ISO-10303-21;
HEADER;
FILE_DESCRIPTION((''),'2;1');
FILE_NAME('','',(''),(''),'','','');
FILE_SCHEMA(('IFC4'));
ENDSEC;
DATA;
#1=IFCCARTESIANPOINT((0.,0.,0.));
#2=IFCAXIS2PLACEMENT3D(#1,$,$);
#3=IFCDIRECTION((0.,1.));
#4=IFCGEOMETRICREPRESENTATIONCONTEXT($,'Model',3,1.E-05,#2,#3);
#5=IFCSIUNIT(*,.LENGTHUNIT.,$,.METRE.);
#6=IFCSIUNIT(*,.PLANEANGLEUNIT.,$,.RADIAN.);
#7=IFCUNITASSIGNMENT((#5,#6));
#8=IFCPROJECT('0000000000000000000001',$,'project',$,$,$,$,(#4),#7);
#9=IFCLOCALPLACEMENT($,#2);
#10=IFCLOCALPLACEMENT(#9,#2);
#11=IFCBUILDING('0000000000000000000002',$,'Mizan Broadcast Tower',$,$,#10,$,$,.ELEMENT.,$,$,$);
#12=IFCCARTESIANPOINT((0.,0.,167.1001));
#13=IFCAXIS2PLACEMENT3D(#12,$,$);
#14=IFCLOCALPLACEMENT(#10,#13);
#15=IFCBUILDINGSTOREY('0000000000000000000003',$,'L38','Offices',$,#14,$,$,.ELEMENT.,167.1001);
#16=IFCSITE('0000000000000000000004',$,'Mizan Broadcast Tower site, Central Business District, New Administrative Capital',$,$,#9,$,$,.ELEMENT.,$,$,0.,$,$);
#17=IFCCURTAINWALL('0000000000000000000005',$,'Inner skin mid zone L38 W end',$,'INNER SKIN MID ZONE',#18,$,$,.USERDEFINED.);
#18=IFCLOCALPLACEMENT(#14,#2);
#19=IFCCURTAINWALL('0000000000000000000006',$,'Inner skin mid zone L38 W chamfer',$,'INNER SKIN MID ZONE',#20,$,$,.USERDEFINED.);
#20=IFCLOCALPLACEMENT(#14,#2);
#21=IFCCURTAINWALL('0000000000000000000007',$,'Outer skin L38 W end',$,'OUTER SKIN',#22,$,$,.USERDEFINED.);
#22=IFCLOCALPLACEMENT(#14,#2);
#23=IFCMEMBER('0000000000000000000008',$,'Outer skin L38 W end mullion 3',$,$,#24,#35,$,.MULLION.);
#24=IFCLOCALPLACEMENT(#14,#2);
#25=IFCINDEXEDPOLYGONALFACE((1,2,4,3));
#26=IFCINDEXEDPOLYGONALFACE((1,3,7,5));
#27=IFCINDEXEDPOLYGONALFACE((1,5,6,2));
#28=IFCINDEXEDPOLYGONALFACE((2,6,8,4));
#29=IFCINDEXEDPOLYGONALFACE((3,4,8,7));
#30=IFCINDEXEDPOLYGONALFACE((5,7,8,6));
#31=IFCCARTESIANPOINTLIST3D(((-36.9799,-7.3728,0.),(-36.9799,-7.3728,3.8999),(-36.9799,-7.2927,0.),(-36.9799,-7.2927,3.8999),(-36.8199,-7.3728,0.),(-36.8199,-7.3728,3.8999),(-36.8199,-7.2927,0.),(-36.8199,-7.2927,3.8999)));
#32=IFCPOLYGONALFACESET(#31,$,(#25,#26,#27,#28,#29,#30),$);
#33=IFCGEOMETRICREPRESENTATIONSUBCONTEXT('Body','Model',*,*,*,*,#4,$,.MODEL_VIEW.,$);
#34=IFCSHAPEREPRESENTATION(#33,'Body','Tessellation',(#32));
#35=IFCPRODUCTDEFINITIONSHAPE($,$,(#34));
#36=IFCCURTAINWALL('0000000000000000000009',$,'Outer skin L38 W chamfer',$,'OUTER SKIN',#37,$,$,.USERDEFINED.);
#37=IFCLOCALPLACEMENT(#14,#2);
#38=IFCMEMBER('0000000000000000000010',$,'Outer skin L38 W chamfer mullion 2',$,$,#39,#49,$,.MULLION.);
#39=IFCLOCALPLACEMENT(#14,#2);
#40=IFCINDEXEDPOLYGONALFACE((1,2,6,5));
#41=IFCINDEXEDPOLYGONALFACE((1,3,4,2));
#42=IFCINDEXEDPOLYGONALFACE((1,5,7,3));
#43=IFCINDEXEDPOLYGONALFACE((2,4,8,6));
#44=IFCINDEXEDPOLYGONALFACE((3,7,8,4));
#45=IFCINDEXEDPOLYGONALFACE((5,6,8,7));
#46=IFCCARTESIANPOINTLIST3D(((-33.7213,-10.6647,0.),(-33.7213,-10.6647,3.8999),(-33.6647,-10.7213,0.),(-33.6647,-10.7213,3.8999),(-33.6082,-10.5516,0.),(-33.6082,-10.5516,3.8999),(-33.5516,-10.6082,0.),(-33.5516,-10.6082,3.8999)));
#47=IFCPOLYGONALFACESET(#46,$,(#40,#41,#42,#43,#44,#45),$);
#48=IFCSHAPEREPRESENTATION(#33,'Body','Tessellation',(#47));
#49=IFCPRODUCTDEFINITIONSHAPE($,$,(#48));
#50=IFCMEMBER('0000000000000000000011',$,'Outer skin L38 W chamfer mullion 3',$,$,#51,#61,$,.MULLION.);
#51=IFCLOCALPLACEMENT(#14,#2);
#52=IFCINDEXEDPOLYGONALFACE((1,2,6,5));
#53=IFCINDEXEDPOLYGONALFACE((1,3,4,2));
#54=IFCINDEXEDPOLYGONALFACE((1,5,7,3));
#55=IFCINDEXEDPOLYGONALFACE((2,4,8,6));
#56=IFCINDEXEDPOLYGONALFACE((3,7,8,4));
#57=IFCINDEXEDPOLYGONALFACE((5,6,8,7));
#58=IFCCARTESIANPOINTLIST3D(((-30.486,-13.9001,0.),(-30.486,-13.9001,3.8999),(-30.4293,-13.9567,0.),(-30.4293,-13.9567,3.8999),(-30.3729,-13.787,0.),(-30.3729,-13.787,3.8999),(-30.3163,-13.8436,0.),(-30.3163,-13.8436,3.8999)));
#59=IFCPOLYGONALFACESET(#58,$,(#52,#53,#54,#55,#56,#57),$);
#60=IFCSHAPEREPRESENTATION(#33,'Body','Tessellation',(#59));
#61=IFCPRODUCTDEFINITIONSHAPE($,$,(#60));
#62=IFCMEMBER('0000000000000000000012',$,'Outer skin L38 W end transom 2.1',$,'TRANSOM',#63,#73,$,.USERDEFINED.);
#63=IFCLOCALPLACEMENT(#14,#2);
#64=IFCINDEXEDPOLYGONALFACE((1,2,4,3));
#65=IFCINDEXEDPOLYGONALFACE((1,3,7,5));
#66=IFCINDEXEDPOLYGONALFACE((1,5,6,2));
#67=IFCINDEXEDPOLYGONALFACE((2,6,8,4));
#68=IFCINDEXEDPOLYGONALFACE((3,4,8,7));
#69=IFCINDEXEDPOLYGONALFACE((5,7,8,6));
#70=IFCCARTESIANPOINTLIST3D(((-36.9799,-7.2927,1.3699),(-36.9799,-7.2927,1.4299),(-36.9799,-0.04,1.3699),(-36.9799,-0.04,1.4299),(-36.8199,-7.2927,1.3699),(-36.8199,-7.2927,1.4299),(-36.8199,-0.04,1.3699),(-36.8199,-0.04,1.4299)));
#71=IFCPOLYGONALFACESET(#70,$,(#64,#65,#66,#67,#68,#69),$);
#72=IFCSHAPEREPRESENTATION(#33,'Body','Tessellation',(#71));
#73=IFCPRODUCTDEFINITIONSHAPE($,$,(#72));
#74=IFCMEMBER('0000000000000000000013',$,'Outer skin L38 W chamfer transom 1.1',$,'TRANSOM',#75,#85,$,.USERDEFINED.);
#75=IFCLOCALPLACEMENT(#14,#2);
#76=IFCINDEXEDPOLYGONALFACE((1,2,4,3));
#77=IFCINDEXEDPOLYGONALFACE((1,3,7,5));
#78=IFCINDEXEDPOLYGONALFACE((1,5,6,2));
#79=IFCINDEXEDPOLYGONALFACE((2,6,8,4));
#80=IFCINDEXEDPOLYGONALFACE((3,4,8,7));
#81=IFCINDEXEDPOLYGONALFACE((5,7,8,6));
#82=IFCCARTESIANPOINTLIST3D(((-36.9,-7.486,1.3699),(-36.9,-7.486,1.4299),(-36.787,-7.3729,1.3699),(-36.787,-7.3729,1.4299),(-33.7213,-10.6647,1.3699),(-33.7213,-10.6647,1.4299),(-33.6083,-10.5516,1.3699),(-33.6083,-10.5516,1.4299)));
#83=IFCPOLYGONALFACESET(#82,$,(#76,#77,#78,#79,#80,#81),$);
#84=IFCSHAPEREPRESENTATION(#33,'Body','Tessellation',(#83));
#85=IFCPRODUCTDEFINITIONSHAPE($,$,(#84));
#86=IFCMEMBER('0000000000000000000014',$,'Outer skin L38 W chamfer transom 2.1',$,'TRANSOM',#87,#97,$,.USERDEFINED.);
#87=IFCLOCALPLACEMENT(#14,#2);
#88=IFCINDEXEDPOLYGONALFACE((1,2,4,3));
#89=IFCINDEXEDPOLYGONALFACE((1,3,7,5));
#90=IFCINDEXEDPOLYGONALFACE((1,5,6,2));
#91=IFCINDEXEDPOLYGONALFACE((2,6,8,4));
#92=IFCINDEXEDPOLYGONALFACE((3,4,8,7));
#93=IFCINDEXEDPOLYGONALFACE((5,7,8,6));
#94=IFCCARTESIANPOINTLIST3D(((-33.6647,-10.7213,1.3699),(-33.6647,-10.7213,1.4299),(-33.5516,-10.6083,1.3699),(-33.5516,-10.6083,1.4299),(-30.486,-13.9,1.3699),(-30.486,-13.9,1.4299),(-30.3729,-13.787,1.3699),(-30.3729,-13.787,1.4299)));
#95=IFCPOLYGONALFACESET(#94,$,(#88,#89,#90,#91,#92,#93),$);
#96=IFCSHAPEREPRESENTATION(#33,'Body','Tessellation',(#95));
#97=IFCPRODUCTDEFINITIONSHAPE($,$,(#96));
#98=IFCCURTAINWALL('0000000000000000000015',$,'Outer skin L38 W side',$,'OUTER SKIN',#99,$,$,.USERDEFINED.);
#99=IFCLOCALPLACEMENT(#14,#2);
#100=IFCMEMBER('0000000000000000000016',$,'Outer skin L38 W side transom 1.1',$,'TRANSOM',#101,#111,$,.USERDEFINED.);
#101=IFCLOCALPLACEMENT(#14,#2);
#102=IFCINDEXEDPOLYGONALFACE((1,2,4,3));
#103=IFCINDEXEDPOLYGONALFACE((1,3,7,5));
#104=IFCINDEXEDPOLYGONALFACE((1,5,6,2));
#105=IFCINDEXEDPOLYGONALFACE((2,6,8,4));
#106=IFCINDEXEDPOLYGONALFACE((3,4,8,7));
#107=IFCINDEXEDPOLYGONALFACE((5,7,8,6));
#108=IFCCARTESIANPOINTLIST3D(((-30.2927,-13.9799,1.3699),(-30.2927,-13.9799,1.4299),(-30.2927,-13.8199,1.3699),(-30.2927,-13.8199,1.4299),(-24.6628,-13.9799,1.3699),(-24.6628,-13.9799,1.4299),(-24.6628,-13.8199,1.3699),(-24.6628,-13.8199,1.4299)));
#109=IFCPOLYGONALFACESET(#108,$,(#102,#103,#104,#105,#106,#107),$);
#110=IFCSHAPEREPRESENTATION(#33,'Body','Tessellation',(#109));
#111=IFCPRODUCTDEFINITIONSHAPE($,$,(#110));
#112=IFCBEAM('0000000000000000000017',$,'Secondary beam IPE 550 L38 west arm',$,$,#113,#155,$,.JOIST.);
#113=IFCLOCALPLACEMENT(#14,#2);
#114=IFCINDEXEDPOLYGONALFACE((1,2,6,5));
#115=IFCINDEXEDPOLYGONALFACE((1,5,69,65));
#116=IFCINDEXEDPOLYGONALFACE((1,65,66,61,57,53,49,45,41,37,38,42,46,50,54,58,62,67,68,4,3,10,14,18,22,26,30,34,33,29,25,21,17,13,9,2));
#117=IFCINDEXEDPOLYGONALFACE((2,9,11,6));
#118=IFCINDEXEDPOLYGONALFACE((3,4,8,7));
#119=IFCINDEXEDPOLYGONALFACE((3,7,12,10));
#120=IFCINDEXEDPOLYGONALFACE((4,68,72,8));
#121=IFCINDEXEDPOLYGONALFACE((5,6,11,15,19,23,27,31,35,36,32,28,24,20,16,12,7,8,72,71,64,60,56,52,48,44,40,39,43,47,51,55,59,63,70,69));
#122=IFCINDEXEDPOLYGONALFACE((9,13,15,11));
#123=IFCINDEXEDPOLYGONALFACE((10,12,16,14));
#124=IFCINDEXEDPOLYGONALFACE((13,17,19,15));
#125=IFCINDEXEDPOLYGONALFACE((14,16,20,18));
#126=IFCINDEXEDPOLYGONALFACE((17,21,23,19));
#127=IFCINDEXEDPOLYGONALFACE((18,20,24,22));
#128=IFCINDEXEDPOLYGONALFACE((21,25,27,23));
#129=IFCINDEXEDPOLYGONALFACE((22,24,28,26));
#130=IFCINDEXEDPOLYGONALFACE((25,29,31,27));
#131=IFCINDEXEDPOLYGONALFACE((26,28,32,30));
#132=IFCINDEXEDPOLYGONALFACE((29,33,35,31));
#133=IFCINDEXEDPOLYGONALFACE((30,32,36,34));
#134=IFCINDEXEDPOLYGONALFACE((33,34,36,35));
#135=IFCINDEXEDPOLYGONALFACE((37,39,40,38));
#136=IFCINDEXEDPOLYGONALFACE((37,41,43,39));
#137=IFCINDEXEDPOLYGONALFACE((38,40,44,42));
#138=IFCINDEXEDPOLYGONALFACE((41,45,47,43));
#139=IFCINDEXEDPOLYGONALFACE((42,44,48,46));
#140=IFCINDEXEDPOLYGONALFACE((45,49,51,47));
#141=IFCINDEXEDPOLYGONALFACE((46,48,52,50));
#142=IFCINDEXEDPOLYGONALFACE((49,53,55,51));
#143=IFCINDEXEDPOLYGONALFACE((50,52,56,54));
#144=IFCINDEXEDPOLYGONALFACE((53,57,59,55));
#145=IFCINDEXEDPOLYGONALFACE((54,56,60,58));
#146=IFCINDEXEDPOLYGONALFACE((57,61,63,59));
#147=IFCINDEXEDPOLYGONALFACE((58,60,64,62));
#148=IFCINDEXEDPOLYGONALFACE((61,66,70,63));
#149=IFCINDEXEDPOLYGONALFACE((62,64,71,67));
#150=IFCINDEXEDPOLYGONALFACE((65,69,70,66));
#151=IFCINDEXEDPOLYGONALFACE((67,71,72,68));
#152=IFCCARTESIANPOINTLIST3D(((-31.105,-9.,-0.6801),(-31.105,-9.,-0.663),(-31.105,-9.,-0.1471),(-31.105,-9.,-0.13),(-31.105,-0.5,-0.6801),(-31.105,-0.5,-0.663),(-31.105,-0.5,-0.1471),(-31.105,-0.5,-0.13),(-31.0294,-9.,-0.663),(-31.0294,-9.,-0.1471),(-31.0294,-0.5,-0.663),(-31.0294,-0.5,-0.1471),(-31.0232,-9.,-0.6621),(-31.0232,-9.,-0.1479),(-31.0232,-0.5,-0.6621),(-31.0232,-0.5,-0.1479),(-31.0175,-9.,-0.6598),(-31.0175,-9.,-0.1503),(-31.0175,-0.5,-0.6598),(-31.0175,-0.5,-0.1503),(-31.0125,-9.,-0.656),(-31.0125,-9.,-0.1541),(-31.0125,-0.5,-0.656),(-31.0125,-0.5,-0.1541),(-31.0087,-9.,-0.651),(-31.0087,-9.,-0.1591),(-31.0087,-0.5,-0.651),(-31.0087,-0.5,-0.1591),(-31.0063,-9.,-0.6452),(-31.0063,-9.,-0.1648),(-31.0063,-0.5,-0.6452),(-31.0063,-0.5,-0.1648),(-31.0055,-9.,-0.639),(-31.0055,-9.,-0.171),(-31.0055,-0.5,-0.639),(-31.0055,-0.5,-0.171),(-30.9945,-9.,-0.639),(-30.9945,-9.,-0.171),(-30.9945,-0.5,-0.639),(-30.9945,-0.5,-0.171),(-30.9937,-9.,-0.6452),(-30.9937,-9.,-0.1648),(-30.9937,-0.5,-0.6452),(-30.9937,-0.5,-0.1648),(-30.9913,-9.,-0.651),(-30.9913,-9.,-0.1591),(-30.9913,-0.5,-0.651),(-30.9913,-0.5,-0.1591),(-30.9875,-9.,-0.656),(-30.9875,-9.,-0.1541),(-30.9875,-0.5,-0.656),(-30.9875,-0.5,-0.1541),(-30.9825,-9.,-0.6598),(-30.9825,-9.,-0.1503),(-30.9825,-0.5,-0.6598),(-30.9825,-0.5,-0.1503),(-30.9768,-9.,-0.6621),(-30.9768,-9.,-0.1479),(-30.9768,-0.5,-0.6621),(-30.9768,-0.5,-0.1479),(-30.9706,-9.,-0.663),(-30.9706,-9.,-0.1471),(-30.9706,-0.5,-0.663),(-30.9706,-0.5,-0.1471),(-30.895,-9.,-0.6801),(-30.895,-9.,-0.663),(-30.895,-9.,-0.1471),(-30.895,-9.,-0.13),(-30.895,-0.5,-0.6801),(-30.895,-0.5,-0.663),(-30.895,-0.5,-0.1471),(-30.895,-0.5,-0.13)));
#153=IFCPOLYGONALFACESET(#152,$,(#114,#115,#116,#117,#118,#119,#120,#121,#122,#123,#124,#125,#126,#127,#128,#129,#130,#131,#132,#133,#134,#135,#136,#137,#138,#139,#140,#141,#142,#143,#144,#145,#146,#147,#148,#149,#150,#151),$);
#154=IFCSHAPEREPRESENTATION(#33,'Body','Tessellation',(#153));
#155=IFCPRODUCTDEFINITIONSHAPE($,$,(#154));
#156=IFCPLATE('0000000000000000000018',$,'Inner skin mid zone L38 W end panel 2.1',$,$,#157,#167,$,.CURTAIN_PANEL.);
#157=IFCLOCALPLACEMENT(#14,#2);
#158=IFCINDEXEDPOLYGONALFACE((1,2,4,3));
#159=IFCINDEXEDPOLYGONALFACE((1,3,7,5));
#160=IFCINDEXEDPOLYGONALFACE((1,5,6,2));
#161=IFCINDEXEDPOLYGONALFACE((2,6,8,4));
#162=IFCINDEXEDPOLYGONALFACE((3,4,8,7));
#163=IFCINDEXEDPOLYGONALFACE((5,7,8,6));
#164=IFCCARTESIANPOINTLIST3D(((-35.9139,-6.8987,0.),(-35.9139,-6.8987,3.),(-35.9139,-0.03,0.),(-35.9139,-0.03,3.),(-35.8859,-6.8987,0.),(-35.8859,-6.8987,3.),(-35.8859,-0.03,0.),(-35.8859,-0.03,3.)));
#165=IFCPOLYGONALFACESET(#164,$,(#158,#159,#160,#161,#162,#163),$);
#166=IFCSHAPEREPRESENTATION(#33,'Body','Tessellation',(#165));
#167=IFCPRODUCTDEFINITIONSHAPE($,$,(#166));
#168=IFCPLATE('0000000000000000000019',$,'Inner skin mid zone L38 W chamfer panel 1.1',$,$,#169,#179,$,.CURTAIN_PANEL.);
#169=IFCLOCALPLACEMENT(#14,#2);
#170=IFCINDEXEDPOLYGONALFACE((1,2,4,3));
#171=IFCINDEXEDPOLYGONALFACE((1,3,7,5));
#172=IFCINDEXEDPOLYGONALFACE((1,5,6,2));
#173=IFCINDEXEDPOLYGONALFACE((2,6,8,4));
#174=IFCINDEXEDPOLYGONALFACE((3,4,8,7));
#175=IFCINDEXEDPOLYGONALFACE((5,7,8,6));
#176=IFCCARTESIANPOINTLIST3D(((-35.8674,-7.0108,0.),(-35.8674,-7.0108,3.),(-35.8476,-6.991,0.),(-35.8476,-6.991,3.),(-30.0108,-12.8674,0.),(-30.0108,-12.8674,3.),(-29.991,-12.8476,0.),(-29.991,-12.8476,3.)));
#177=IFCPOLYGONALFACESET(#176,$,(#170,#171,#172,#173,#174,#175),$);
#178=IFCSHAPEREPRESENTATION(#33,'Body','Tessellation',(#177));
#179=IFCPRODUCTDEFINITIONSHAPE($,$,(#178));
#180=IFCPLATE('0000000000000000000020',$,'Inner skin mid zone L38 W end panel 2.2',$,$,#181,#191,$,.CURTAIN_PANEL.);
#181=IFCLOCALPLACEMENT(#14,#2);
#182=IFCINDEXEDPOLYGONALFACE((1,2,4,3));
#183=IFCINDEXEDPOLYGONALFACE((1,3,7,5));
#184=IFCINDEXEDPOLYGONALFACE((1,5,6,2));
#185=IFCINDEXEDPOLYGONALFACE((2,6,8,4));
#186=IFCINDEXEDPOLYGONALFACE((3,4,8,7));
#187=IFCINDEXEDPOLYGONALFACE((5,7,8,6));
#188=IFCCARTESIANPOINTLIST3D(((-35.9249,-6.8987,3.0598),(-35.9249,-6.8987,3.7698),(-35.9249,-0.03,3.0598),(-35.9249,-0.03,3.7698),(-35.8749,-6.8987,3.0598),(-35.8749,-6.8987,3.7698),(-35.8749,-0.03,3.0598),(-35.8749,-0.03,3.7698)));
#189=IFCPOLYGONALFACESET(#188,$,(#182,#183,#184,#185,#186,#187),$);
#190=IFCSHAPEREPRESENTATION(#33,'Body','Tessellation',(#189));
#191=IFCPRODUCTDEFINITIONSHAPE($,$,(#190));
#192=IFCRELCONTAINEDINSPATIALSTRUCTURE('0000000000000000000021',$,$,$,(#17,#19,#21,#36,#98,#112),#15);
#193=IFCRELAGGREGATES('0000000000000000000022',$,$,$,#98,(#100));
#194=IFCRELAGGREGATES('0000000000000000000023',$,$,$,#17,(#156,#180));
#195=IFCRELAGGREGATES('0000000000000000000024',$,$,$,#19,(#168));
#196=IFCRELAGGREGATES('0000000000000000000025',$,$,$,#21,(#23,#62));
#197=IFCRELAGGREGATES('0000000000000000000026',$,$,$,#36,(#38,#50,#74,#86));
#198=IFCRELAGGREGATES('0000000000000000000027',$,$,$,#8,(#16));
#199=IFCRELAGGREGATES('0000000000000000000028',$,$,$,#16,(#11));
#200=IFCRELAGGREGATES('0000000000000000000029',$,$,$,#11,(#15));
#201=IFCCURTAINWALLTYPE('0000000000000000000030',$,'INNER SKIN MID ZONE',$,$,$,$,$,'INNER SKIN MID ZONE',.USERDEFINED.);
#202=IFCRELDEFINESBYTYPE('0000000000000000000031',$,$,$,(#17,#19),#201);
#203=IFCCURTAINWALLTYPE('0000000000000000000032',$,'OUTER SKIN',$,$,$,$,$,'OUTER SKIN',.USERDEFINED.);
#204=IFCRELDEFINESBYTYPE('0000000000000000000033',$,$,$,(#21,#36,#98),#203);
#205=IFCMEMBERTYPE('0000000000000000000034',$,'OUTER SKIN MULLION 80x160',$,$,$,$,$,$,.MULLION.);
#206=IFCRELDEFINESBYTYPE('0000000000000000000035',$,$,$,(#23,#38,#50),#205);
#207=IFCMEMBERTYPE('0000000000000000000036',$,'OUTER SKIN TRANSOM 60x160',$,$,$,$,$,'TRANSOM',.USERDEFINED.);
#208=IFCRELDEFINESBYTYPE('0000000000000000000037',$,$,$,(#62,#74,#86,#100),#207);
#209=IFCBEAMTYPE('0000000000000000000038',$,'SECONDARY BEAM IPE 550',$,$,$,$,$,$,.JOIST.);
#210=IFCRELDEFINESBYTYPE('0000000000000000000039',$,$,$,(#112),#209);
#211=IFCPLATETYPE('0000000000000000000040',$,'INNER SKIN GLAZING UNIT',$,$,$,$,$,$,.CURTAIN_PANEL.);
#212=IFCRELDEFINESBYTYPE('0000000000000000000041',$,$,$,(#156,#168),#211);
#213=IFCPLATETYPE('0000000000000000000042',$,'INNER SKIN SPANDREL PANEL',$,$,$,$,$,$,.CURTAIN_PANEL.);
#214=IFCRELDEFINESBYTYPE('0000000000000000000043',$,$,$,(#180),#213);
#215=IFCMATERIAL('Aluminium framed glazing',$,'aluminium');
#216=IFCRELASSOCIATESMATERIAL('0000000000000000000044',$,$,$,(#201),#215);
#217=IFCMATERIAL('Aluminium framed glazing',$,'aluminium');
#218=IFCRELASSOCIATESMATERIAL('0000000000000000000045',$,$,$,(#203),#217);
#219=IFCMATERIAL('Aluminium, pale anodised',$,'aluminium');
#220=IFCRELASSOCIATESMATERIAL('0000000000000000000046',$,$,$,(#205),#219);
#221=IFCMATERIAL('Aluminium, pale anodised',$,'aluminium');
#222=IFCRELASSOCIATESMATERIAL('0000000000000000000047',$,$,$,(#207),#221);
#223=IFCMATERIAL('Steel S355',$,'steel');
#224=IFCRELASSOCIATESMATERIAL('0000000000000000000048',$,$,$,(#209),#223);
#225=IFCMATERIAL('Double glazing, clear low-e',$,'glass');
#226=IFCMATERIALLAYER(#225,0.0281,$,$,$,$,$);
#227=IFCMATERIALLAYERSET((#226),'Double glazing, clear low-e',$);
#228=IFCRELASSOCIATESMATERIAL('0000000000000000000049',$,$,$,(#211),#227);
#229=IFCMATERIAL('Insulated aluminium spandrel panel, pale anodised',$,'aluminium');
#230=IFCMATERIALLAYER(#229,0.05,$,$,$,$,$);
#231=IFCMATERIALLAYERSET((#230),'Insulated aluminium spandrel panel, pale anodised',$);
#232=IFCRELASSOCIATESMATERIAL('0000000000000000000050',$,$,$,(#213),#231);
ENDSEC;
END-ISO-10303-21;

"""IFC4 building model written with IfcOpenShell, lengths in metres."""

from ifc_helpers import new_model, si_unit, direction, frame, origin, origin_2d, place, context, subcontext, project, spatial, rectangle, i_section, extrude, material, layer, layer_set, material_profile, profile_set, type_object, element, aggregate, save


model = new_model("IFC4")

# Units and contexts
model_context = context("Model", 3, precision=1e-05, world=origin(), true_north=direction((0.0, 1.0)))
body_context = subcontext(model_context, "Body", "Model", "MODEL_VIEW")
ifc_project = project(units=[si_unit("LENGTHUNIT", "METRE"), si_unit("PLANEANGLEUNIT", "RADIAN")], contexts=[model_context])

# Site, building, storey
site_placement = place(None, origin())
site = spatial("IfcSite", under=ifc_project, at=site_placement, Name="Mizan Broadcast Tower site, Central Business District, New Administrative Capital", CompositionType="ELEMENT", RefElevation=0.0)
building_placement = place(site_placement, origin())
building = spatial("IfcBuilding", under=site, at=building_placement, Name="Mizan Broadcast Tower", CompositionType="ELEMENT")
storey_placement = place(building_placement, frame((0.0, 0.0, 167.1001)))
storey = spatial("IfcBuildingStorey", under=building, at=storey_placement, Name="L38", Description="Offices", CompositionType="ELEMENT", Elevation=167.1001)

# Curtain wall
ifc_material_1 = material(Name="Aluminium framed glazing", Category="aluminium")
curtain_wall_type_1 = type_object("IfcCurtainWallType", Name="INNER SKIN MID ZONE", ElementType="INNER SKIN MID ZONE", PredefinedType="USERDEFINED", material=ifc_material_1)
curtain_wall_1_placement = place(storey_placement, origin())
curtain_wall_1 = element("IfcCurtainWall", 1, at=curtain_wall_1_placement, inside=storey, type_object=curtain_wall_type_1, Name="Inner skin mid zone L38 W end", ObjectType="INNER SKIN MID ZONE", PredefinedType="USERDEFINED")

# Curtain wall
curtain_wall_2_placement = place(storey_placement, origin())
curtain_wall_2 = element("IfcCurtainWall", 2, at=curtain_wall_2_placement, inside=storey, type_object=curtain_wall_type_1, Name="Inner skin mid zone L38 W chamfer", ObjectType="INNER SKIN MID ZONE", PredefinedType="USERDEFINED")

# Curtain walls, members
ifc_material_2 = material(Name="Aluminium framed glazing", Category="aluminium")
curtain_wall_type_2 = type_object("IfcCurtainWallType", Name="OUTER SKIN", ElementType="OUTER SKIN", PredefinedType="USERDEFINED", material=ifc_material_2)
curtain_wall_3_placement = place(storey_placement, origin())
curtain_wall_3 = element("IfcCurtainWall", 3, at=curtain_wall_3_placement, inside=storey, type_object=curtain_wall_type_2, Name="Outer skin L38 W end", ObjectType="OUTER SKIN", PredefinedType="USERDEFINED")
ifc_material_3 = material(Name="Aluminium, pale anodised", Category="aluminium")
ifc_material_profile_1 = material_profile(ifc_material_3, rectangle(XDim=0.1599, YDim=0.0801, at=origin_2d()), Name="MULLION 160x80")
ifc_profile_set_1 = profile_set([ifc_material_profile_1], Name="Aluminium, pale anodised")
member_type_1 = type_object("IfcMemberType", Name="OUTER SKIN MULLION 80x160", PredefinedType="MULLION", material=ifc_profile_set_1)
member_1_placement = place(storey_placement, frame((-36.8999, -7.3328, 0.0), z_axis=(0.0, 0.0, 1.0), x_axis=(1.0, 0.0, 0.0)))
member_1 = element("IfcMember", 4, at=member_1_placement, type_object=member_type_1, Name="Outer skin L38 W end mullion 3", PredefinedType="MULLION", context=body_context, shape_type="SweptSolid", body=[
    extrude(rectangle(XDim=0.1599, YDim=0.0801, at=origin_2d()), origin(), (0.0, 0.0, 1.0), 3.8999),
])
curtain_wall_4_placement = place(storey_placement, origin())
curtain_wall_4 = element("IfcCurtainWall", 5, at=curtain_wall_4_placement, inside=storey, type_object=curtain_wall_type_2, Name="Outer skin L38 W chamfer", ObjectType="OUTER SKIN", PredefinedType="USERDEFINED")
member_2_placement = place(storey_placement, frame((-33.6365, -10.6365, 0.0), z_axis=(0.0, 0.0, 1.0), x_axis=(0.707107, 0.707107, 0.0)))
member_2 = element("IfcMember", 6, at=member_2_placement, type_object=member_type_1, Name="Outer skin L38 W chamfer mullion 2", PredefinedType="MULLION", context=body_context, shape_type="SweptSolid", body=[
    extrude(rectangle(XDim=0.1599, YDim=0.0801, at=origin_2d()), origin(), (0.0, 0.0, 1.0), 3.8999),
])
member_3_placement = place(storey_placement, frame((-30.4011, -13.8718, 0.0), z_axis=(0.0, 0.0, 1.0), x_axis=(0.707107, 0.707107, 0.0)))
member_3 = element("IfcMember", 7, at=member_3_placement, type_object=member_type_1, Name="Outer skin L38 W chamfer mullion 3", PredefinedType="MULLION", context=body_context, shape_type="SweptSolid", body=[
    extrude(rectangle(XDim=0.1599, YDim=0.0801, at=origin_2d()), origin(), (0.0, 0.0, 1.0), 3.8999),
])

# Members
ifc_material_4 = material(Name="Aluminium, pale anodised", Category="aluminium")
ifc_material_profile_2 = material_profile(ifc_material_4, rectangle(XDim=0.1599, YDim=0.0601, at=origin_2d()), Name="TRANSOM 160x60")
ifc_profile_set_2 = profile_set([ifc_material_profile_2], Name="Aluminium, pale anodised")
member_type_2 = type_object("IfcMemberType", Name="OUTER SKIN TRANSOM 60x160", ElementType="TRANSOM", PredefinedType="USERDEFINED", material=ifc_profile_set_2)
member_4_placement = place(storey_placement, frame((-36.8999, -0.04, 1.3999), z_axis=(0.0, -1.0, 0.0), x_axis=(1.0, 0.0, 0.0)))
member_4 = element("IfcMember", 8, at=member_4_placement, type_object=member_type_2, Name="Outer skin L38 W end transom 2.1", ObjectType="TRANSOM", PredefinedType="USERDEFINED", context=body_context, shape_type="SweptSolid", body=[
    extrude(rectangle(XDim=0.1599, YDim=0.0601, at=origin_2d()), origin(), (0.0, 0.0, 1.0), 7.2527),
])
member_5_placement = place(storey_placement, frame((-36.8435, -7.4294, 1.3999), z_axis=(0.707107, -0.707107, 0.0), x_axis=(0.707107, 0.707107, 0.0)))
member_5 = element("IfcMember", 9, at=member_5_placement, type_object=member_type_2, Name="Outer skin L38 W chamfer transom 1.1", ObjectType="TRANSOM", PredefinedType="USERDEFINED", context=body_context, shape_type="SweptSolid", body=[
    extrude(rectangle(XDim=0.1599, YDim=0.0601, at=origin_2d()), origin(), (0.0, 0.0, 1.0), 4.4954),
])
member_6_placement = place(storey_placement, frame((-33.6082, -10.6648, 1.3999), z_axis=(0.707107, -0.707107, 0.0), x_axis=(0.707107, 0.707107, 0.0)))
member_6 = element("IfcMember", 10, at=member_6_placement, type_object=member_type_2, Name="Outer skin L38 W chamfer transom 2.1", ObjectType="TRANSOM", PredefinedType="USERDEFINED", context=body_context, shape_type="SweptSolid", body=[
    extrude(rectangle(XDim=0.1599, YDim=0.0601, at=origin_2d()), origin(), (0.0, 0.0, 1.0), 4.4954),
])

# Curtain wall, member
curtain_wall_5_placement = place(storey_placement, origin())
curtain_wall_5 = element("IfcCurtainWall", 11, at=curtain_wall_5_placement, inside=storey, type_object=curtain_wall_type_2, Name="Outer skin L38 W side", ObjectType="OUTER SKIN", PredefinedType="USERDEFINED")
member_7_placement = place(storey_placement, frame((-30.2927, -13.8999, 1.3999), z_axis=(1.0, 0.0, 0.0), x_axis=(0.0, 1.0, 0.0)))
member_7 = element("IfcMember", 12, at=member_7_placement, type_object=member_type_2, Name="Outer skin L38 W side transom 1.1", ObjectType="TRANSOM", PredefinedType="USERDEFINED", context=body_context, shape_type="SweptSolid", body=[
    extrude(rectangle(XDim=0.1599, YDim=0.0601, at=origin_2d()), origin(), (0.0, 0.0, 1.0), 5.6299),
])
aggregate(curtain_wall_5, [member_7])

# Beam
ifc_material_5 = material(Name="Steel S355", Category="steel")
ifc_material_profile_3 = material_profile(ifc_material_5, i_section(OverallWidth=0.21, OverallDepth=0.55, WebThickness=0.011, FlangeThickness=0.0171, FilletRadius=0.0239, at=origin_2d()), Name="IPE 550")
ifc_profile_set_3 = profile_set([ifc_material_profile_3], Name="Steel S355")
beam_type_1 = type_object("IfcBeamType", Name="SECONDARY BEAM IPE 550", PredefinedType="JOIST", material=ifc_profile_set_3)
beam_1_placement = place(storey_placement, frame((-31.0, -9.0, -0.405), z_axis=(0.0, 1.0, 0.0), x_axis=(-1.0, 0.0, 0.0)))
element("IfcBeam", 13, at=beam_1_placement, inside=storey, type_object=beam_type_1, Name="Secondary beam IPE 550 L38 west arm", PredefinedType="JOIST", context=body_context, shape_type="SweptSolid", body=[
    extrude(i_section(OverallWidth=0.21, OverallDepth=0.55, WebThickness=0.011, FlangeThickness=0.0171, FilletRadius=0.0239, at=origin_2d()), origin(), (0.0, 0.0, 1.0), 8.5),
])

# Plates
ifc_material_6 = material(Name="Double glazing, clear low-e", Category="glass")
ifc_layer_1 = layer(ifc_material_6, 0.0281)
ifc_layer_set_1 = layer_set([ifc_layer_1], Name="Double glazing, clear low-e")
plate_type_1 = type_object("IfcPlateType", Name="INNER SKIN GLAZING UNIT", PredefinedType="CURTAIN_PANEL", material=ifc_layer_set_1)
plate_1_placement = place(storey_placement, frame((-35.8999, -3.4644, 0.0), z_axis=(0.0, 0.0, 1.0), x_axis=(0.0, -1.0, 0.0)))
plate_1 = element("IfcPlate", 14, at=plate_1_placement, type_object=plate_type_1, Name="Inner skin mid zone L38 W end panel 2.1", PredefinedType="CURTAIN_PANEL", context=body_context, shape_type="SweptSolid", body=[
    extrude(rectangle(XDim=6.8687, YDim=0.0281, at=origin_2d()), origin(), (0.0, 0.0, 1.0), 3.0),
])
plate_2_placement = place(storey_placement, frame((-32.9292, -9.9292, 0.0), z_axis=(0.0, 0.0, 1.0), x_axis=(0.707107, -0.707107, 0.0)))
plate_2 = element("IfcPlate", 15, at=plate_2_placement, type_object=plate_type_1, Name="Inner skin mid zone L38 W chamfer panel 1.1", PredefinedType="CURTAIN_PANEL", context=body_context, shape_type="SweptSolid", body=[
    extrude(rectangle(XDim=8.2825, YDim=0.0281, at=origin_2d()), origin(), (0.0, 0.0, 1.0), 3.0),
])
ifc_material_7 = material(Name="Insulated aluminium spandrel panel, pale anodised", Category="aluminium")
ifc_layer_2 = layer(ifc_material_7, 0.05)
ifc_layer_set_2 = layer_set([ifc_layer_2], Name="Insulated aluminium spandrel panel, pale anodised")
plate_type_2 = type_object("IfcPlateType", Name="INNER SKIN SPANDREL PANEL", PredefinedType="CURTAIN_PANEL", material=ifc_layer_set_2)
plate_3_placement = place(storey_placement, frame((-35.8999, -3.4644, 3.0598), z_axis=(0.0, 0.0, 1.0), x_axis=(0.0, -1.0, 0.0)))
plate_3 = element("IfcPlate", 16, at=plate_3_placement, type_object=plate_type_2, Name="Inner skin mid zone L38 W end panel 2.2", PredefinedType="CURTAIN_PANEL", context=body_context, shape_type="SweptSolid", body=[
    extrude(rectangle(XDim=6.8687, YDim=0.05, at=origin_2d()), origin(), (0.0, 0.0, 1.0), 0.71),
])
aggregate(curtain_wall_1, [plate_1, plate_3])
aggregate(curtain_wall_2, [plate_2])
aggregate(curtain_wall_3, [member_1, member_4])
aggregate(curtain_wall_4, [member_2, member_3, member_5, member_6])

save(model, "model.ifc")
